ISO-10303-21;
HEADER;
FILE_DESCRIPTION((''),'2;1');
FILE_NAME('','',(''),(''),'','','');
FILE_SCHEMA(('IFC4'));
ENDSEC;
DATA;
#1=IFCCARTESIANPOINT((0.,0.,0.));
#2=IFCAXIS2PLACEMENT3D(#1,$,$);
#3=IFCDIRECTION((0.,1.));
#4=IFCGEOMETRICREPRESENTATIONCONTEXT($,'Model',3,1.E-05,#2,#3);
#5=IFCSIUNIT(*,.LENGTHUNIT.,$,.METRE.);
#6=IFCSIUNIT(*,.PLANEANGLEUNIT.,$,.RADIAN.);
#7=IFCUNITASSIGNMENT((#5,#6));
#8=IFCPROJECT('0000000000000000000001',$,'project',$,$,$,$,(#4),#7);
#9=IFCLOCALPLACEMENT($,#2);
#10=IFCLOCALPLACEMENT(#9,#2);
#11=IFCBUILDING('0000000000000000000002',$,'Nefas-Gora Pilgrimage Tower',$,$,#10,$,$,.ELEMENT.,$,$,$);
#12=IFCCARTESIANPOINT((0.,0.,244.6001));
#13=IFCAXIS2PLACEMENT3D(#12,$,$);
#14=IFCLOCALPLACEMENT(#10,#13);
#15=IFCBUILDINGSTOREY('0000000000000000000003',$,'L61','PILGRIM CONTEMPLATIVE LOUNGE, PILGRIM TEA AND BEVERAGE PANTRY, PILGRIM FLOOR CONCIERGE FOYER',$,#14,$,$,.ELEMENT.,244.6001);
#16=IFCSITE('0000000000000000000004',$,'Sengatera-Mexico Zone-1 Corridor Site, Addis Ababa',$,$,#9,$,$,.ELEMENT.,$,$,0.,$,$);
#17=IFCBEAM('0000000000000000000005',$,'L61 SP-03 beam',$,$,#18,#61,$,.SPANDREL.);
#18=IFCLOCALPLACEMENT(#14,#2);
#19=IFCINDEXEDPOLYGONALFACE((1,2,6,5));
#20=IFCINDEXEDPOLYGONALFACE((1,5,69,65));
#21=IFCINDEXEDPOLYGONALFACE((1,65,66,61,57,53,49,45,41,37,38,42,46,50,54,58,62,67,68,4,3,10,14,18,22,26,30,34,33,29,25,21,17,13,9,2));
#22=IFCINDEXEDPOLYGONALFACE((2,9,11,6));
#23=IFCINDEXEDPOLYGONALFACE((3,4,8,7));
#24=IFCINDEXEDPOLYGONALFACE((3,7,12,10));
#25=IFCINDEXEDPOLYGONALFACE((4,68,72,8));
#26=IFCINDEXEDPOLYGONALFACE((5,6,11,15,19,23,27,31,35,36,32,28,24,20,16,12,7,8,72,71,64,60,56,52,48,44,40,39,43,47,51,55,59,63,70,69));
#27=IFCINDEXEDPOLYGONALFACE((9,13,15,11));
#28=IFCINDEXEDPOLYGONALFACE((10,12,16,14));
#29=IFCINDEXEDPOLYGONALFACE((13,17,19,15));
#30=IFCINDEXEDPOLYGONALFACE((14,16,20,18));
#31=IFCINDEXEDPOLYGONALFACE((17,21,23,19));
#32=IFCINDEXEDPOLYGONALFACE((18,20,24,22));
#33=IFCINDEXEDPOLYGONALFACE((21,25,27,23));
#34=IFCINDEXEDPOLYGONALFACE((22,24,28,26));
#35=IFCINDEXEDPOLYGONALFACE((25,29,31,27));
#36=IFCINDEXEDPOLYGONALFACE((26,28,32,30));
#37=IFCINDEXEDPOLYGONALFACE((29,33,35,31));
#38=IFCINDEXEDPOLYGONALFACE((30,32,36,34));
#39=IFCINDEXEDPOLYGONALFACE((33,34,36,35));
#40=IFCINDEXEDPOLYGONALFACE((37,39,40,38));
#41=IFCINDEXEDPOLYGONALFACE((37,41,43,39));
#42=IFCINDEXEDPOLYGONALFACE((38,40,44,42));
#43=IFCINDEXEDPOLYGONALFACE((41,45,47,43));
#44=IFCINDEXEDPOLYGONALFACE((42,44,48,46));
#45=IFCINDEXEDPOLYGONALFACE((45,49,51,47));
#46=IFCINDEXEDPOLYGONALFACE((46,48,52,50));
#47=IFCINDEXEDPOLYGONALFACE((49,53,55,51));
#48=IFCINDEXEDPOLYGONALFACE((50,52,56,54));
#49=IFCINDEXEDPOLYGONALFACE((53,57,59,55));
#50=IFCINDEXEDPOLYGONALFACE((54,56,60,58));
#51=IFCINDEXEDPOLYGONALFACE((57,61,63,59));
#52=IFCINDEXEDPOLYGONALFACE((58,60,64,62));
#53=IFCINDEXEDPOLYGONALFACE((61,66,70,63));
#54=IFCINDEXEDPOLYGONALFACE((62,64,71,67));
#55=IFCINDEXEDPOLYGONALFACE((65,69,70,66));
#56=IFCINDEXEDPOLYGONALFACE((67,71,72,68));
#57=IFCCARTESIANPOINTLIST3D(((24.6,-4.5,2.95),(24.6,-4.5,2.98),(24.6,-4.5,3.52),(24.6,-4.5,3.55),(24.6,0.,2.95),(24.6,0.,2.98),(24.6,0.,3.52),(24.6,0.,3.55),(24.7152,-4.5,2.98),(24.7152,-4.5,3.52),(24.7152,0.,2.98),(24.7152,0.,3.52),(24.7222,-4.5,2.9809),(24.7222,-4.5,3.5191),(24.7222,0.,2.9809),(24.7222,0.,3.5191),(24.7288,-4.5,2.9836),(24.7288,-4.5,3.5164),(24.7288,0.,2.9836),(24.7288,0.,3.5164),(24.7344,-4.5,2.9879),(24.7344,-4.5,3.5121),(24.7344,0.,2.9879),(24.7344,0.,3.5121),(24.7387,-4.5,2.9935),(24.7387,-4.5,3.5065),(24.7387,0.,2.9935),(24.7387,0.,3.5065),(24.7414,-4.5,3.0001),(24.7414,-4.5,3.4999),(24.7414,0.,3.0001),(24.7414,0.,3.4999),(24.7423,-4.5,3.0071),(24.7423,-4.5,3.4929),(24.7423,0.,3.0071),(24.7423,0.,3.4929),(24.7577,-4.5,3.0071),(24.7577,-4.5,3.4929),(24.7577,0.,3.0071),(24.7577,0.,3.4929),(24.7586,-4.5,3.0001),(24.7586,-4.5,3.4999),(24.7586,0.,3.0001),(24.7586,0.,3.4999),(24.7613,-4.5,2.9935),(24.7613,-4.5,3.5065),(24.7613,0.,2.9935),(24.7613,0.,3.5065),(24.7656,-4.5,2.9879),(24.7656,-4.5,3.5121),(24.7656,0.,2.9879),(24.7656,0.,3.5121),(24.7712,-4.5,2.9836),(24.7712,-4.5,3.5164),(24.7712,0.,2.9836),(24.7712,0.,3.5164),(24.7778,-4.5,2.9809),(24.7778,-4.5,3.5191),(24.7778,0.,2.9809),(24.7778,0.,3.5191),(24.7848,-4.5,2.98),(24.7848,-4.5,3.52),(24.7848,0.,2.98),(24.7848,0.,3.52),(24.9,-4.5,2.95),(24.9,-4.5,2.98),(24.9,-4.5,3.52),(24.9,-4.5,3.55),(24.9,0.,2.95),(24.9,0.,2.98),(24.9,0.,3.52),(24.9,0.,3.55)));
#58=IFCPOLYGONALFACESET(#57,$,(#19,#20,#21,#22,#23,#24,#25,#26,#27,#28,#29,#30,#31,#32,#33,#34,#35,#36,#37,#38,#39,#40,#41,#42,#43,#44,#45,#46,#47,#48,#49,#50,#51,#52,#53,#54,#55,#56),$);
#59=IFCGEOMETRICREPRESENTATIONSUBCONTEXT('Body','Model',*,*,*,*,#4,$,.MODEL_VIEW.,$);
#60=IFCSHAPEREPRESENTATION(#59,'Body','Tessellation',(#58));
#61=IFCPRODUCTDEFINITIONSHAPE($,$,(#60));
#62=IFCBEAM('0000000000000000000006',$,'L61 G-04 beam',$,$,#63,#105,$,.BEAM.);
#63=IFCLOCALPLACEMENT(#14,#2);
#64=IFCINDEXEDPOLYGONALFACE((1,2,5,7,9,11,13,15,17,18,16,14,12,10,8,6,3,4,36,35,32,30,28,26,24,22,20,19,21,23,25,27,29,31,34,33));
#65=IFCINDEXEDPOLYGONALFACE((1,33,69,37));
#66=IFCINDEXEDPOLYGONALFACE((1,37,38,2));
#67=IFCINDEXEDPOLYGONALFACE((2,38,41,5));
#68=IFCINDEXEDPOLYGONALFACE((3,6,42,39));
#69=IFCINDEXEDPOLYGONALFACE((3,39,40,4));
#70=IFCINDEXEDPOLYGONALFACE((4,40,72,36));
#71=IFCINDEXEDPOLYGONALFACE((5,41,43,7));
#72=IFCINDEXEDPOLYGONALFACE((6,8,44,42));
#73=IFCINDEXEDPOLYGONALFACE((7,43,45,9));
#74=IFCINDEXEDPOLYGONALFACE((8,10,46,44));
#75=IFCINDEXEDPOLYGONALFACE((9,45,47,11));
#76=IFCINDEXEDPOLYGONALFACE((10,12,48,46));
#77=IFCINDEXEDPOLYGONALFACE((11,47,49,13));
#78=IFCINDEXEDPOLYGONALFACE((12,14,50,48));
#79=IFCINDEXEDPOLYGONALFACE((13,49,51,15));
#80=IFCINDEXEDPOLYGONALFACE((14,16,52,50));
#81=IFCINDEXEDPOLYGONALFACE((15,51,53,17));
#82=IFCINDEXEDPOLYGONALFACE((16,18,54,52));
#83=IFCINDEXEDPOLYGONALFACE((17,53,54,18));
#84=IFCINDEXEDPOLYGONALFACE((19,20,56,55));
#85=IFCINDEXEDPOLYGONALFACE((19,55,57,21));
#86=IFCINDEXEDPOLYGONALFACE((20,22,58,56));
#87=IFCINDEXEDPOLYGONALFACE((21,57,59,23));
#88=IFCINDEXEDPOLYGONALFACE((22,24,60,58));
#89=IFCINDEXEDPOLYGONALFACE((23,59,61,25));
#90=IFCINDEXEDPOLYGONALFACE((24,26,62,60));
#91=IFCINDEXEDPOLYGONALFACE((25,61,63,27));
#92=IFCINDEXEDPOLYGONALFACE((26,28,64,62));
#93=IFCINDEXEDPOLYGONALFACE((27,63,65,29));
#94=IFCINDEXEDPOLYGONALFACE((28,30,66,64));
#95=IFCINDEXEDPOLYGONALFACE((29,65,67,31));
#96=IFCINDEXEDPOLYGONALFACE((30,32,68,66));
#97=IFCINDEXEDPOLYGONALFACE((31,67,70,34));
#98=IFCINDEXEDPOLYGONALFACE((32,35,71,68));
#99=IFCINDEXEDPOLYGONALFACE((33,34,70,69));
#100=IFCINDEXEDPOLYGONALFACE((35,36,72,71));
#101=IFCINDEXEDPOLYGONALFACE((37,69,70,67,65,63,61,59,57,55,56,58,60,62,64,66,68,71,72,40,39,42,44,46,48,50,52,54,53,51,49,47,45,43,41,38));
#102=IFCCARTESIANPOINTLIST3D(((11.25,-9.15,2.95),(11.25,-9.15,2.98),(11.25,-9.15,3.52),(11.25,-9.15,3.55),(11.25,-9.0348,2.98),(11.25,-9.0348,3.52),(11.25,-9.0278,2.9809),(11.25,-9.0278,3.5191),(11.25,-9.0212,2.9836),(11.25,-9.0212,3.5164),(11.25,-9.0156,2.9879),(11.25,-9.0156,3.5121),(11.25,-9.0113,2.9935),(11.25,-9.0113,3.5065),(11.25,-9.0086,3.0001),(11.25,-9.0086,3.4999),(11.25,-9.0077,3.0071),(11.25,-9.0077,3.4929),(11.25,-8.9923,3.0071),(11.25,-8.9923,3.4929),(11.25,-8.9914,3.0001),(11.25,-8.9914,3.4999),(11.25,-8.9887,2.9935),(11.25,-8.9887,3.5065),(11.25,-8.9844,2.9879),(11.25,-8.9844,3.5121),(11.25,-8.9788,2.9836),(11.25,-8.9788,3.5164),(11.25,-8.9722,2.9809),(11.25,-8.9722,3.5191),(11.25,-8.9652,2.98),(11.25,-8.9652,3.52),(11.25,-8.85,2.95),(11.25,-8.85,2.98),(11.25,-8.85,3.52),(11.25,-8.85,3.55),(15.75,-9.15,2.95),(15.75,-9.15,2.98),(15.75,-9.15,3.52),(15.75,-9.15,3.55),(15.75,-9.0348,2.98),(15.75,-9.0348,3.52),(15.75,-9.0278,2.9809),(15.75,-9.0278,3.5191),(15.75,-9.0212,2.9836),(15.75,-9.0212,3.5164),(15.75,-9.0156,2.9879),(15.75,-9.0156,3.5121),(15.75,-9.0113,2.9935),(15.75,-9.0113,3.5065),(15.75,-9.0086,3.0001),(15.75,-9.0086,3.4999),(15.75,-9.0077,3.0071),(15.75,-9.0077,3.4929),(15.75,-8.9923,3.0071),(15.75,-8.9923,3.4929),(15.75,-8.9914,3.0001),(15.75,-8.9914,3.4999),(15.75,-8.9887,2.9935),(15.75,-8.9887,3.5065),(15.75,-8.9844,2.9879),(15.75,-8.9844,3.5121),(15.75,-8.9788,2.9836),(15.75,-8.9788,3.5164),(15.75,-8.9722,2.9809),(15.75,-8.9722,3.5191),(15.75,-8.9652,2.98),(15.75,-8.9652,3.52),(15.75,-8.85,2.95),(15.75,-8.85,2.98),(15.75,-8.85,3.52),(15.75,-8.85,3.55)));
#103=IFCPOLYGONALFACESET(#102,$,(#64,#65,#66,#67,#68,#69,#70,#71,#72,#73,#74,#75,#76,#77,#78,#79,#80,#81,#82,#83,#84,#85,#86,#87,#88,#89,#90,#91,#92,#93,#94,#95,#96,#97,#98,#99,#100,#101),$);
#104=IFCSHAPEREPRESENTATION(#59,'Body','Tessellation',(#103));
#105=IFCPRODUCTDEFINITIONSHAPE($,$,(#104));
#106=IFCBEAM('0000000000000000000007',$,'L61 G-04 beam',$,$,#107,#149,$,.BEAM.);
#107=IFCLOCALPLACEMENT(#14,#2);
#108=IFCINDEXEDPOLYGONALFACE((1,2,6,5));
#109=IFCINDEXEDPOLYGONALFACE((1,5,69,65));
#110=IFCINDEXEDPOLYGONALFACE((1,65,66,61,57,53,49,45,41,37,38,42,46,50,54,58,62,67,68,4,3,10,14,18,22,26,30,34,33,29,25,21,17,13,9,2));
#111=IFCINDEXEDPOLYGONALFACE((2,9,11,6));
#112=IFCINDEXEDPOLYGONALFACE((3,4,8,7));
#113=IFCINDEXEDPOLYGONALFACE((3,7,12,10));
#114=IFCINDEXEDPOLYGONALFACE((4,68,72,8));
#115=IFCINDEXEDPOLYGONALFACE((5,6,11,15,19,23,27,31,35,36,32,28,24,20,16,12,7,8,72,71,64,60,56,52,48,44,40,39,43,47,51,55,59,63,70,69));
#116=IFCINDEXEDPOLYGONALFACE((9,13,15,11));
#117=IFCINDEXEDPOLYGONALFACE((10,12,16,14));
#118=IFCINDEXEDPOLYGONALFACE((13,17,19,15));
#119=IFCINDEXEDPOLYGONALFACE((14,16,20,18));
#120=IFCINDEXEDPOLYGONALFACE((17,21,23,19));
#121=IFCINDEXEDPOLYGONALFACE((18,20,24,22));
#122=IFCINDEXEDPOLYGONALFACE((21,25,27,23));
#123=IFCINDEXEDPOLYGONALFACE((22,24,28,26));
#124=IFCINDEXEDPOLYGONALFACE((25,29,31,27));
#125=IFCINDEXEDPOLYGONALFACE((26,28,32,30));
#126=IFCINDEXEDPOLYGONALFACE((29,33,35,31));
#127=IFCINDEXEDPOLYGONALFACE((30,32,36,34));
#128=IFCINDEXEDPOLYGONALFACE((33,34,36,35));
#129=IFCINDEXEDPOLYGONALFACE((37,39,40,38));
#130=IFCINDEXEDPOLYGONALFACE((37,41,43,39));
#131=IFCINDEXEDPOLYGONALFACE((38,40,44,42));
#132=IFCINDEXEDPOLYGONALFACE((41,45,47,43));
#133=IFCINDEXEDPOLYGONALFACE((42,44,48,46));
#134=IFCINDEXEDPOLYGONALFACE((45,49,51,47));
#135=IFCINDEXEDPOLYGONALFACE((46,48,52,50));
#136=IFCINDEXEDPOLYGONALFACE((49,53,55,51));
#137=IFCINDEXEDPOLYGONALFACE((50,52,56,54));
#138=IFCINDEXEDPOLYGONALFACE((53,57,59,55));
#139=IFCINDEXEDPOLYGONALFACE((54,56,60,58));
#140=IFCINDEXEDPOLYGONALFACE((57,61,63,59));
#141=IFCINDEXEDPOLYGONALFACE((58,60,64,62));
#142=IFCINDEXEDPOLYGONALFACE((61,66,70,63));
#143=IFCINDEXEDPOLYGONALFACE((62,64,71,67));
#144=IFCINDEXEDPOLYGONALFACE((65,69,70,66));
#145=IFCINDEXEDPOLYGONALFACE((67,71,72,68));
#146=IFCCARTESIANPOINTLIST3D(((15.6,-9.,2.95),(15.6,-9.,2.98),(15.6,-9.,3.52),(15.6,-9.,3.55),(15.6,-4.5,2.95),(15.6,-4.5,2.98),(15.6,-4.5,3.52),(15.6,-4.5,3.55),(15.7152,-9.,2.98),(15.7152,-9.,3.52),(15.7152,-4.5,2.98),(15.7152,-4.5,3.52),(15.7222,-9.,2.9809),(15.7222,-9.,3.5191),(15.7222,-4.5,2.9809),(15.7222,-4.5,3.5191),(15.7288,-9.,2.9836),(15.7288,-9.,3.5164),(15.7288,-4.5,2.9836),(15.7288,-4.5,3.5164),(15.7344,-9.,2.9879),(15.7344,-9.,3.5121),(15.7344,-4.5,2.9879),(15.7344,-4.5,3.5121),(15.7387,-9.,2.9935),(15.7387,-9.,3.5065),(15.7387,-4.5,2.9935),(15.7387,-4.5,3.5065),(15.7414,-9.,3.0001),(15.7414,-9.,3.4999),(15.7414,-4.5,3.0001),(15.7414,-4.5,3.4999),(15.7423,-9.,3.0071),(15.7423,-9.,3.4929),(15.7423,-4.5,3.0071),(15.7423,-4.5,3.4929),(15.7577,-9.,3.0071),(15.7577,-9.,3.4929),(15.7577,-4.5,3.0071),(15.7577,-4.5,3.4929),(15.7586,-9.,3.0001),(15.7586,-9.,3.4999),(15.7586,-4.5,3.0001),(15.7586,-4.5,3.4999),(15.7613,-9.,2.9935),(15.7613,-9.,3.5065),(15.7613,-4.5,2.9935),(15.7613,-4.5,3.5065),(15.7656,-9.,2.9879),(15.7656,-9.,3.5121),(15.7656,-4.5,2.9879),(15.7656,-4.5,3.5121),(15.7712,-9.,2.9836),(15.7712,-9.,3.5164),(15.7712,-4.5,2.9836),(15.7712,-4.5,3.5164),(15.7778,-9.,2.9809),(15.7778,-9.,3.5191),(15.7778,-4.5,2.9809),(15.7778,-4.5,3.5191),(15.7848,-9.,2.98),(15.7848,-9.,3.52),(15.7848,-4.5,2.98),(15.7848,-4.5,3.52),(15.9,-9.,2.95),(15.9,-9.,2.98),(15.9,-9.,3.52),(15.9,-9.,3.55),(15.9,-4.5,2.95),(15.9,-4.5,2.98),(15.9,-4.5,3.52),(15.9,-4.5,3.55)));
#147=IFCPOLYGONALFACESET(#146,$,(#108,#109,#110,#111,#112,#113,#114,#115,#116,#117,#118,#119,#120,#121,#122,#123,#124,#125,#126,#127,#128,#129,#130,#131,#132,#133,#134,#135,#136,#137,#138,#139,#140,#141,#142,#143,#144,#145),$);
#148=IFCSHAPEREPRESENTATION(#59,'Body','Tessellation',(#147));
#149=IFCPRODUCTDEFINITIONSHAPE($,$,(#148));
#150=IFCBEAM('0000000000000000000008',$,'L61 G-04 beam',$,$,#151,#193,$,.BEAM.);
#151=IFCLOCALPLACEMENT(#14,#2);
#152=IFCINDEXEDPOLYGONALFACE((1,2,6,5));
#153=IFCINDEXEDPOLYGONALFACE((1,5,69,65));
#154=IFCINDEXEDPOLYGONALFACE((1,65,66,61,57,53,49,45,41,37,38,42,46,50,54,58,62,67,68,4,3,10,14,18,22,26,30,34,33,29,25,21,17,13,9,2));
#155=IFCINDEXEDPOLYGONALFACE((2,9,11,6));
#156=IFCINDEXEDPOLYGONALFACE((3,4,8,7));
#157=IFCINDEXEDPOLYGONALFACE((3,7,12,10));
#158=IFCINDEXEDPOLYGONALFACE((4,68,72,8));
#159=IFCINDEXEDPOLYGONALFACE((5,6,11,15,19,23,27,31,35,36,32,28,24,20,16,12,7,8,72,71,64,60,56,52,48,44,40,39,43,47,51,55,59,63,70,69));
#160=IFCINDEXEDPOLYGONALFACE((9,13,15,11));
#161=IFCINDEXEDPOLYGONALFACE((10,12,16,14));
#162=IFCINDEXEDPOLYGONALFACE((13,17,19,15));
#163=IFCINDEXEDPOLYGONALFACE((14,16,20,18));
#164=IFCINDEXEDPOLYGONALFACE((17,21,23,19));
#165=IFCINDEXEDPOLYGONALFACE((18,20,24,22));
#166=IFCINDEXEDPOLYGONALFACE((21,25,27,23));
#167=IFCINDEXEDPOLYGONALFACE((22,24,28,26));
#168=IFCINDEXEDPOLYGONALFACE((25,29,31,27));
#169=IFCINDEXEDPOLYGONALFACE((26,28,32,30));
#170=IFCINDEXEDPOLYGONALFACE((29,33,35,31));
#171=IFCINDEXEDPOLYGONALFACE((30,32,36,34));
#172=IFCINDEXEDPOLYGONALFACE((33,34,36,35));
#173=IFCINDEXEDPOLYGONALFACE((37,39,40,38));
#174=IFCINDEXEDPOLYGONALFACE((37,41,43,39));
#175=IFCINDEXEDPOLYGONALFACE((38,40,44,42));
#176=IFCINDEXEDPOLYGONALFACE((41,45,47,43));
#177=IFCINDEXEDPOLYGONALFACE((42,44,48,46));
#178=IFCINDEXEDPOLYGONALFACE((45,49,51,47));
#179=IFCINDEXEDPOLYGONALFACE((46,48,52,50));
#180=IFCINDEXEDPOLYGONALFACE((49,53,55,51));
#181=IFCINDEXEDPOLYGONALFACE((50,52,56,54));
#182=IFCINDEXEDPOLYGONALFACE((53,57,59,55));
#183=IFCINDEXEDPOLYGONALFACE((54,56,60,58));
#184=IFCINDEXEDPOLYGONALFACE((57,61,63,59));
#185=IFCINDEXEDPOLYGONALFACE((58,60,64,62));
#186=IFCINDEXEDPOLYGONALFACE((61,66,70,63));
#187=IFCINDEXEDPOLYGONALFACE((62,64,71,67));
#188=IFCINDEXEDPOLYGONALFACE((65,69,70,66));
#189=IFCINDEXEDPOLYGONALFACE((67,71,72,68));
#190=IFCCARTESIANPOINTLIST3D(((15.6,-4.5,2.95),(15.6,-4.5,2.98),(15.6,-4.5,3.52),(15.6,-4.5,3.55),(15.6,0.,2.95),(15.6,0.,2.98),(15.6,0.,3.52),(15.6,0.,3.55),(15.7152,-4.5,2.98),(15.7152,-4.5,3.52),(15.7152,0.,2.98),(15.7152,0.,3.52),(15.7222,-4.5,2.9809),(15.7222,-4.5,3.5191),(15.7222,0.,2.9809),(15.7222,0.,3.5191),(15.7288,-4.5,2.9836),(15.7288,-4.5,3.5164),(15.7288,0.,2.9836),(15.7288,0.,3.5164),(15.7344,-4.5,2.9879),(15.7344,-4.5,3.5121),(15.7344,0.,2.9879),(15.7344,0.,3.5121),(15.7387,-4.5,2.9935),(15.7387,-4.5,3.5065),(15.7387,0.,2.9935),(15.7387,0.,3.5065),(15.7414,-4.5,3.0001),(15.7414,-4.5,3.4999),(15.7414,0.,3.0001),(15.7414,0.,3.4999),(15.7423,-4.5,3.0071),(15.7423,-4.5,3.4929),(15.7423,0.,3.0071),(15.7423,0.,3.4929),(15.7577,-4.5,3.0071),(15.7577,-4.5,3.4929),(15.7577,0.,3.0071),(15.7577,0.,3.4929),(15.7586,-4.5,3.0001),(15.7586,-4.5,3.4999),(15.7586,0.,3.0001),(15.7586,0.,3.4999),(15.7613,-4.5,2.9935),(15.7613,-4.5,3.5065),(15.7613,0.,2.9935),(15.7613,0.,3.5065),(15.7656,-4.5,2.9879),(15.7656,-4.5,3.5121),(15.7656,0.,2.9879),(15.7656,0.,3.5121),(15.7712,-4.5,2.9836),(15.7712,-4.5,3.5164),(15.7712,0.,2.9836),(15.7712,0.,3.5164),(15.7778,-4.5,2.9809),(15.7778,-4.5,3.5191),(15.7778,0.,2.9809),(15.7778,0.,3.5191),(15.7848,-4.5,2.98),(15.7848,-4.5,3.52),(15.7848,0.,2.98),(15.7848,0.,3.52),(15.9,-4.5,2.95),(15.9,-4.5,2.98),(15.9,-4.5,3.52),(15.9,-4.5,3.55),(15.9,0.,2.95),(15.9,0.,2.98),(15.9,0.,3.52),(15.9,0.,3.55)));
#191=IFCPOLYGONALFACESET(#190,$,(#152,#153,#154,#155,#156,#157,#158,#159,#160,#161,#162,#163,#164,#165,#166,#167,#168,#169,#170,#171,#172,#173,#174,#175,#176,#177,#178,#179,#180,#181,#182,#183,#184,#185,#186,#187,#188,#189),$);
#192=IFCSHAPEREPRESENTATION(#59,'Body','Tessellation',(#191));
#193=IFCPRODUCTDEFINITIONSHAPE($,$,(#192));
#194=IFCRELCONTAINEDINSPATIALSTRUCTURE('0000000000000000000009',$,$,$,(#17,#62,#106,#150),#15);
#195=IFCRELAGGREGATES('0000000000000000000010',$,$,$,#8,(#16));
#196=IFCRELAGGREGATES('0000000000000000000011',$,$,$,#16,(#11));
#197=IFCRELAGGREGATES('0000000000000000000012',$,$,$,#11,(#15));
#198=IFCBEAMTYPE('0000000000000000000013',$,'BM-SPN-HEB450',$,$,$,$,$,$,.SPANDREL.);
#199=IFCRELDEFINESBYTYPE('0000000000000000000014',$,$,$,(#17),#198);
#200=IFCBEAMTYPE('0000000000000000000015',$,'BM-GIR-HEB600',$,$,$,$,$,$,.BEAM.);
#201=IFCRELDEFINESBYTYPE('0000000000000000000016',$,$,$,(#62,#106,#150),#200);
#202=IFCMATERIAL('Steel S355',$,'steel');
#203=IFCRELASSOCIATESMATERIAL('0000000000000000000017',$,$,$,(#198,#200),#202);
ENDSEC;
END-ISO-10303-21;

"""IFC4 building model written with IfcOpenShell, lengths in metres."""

from ifc_helpers import new_model, si_unit, direction, frame, origin, origin_2d, place, context, subcontext, project, spatial, i_section, extrude, source, transform, mapped, material, material_profile, profile_set, type_object, element, save


model = new_model("IFC4")

# Units and contexts
model_context = context("Model", 3, precision=1e-05, world=origin(), true_north=direction((0.0, 1.0)))
body_context = subcontext(model_context, "Body", "Model", "MODEL_VIEW")
ifc_project = project(units=[si_unit("LENGTHUNIT", "METRE"), si_unit("PLANEANGLEUNIT", "RADIAN")], contexts=[model_context])

# Site, building, storey
site_placement = place(None, origin())
site = spatial("IfcSite", under=ifc_project, at=site_placement, Name="Sengatera-Mexico Zone-1 Corridor Site, Addis Ababa", CompositionType="ELEMENT", RefElevation=0.0)
building_placement = place(site_placement, origin())
building = spatial("IfcBuilding", under=site, at=building_placement, Name="Nefas-Gora Pilgrimage Tower", CompositionType="ELEMENT")
storey_placement = place(building_placement, frame((0.0, 0.0, 244.6001)))
storey = spatial("IfcBuildingStorey", under=building, at=storey_placement, Name="L61", Description="PILGRIM CONTEMPLATIVE LOUNGE, PILGRIM TEA AND BEVERAGE PANTRY, PILGRIM FLOOR CONCIERGE FOYER", CompositionType="ELEMENT", Elevation=244.6001)

# Beams
ifc_material_1 = material(Name="Steel S355", Category="steel")
ifc_material_profile_1 = material_profile(ifc_material_1, i_section(OverallWidth=0.3, OverallDepth=0.6001, WebThickness=0.0154, FlangeThickness=0.03, FilletRadius=0.0271, at=origin_2d()), Name="HEB 600")
ifc_profile_set_1 = profile_set([ifc_material_profile_1], Name="Steel S355")
beam_type_1 = type_object("IfcBeamType", Name="BM-SPN-HEB450", PredefinedType="SPANDREL", material=ifc_profile_set_1)
shared_shape_1 = source(origin(), body_context, "Body", "SweptSolid", [
    extrude(i_section(OverallWidth=0.3, OverallDepth=0.6001, WebThickness=0.0154, FlangeThickness=0.03, FilletRadius=0.0271, at=origin_2d()), origin(), (0.0, 0.0, 1.0), 4.5),
])
for number, where, z_axis, x_axis, name in (
    (1, (24.75, -4.5, 3.25), (0.0, 1.0, 0.0), (-1.0, 0.0, 0.0), "L61 SP-03 beam"),
):
    element("IfcBeam", number, at=place(storey_placement, frame(where, z_axis=z_axis, x_axis=x_axis)), inside=storey, type_object=beam_type_1, Name=name, PredefinedType="SPANDREL", context=body_context, shape_type="MappedRepresentation", body=[
        mapped(shared_shape_1, transform((0.0, 0.0, 0.0), x_axis=(1.0, 0.0, 0.0), y_axis=(0.0, 1.0, 0.0), z_axis=(0.0, 0.0, 1.0), scale=1.0)),
    ])
ifc_material_profile_2 = material_profile(ifc_material_1, i_section(OverallWidth=0.3, OverallDepth=0.6001, WebThickness=0.0154, FlangeThickness=0.03, FilletRadius=0.0271, at=origin_2d()), Name="HEB 600")
ifc_profile_set_2 = profile_set([ifc_material_profile_2], Name="Steel S355")
beam_type_2 = type_object("IfcBeamType", Name="BM-GIR-HEB600", PredefinedType="BEAM", material=ifc_profile_set_2)
shared_shape_2 = source(origin(), body_context, "Body", "SweptSolid", [
    extrude(i_section(OverallWidth=0.3, OverallDepth=0.6001, WebThickness=0.0154, FlangeThickness=0.03, FilletRadius=0.0271, at=origin_2d()), origin(), (0.0, 0.0, 1.0), 4.5),
])
for number, where, z_axis, x_axis, name in (
    (2, (11.25, -9.0, 3.25), (1.0, 0.0, 0.0), (0.0, 1.0, 0.0), "L61 G-04 beam"),
    (3, (15.75, -9.0, 3.25), (0.0, 1.0, 0.0), (-1.0, 0.0, 0.0), "L61 G-04 beam"),
    (4, (15.75, -4.5, 3.25), (0.0, 1.0, 0.0), (-1.0, 0.0, 0.0), "L61 G-04 beam"),
):
    element("IfcBeam", number, at=place(storey_placement, frame(where, z_axis=z_axis, x_axis=x_axis)), inside=storey, type_object=beam_type_2, Name=name, PredefinedType="BEAM", context=body_context, shape_type="MappedRepresentation", body=[
        mapped(shared_shape_2, transform((0.0, 0.0, 0.0), x_axis=(1.0, 0.0, 0.0), y_axis=(0.0, 1.0, 0.0), z_axis=(0.0, 0.0, 1.0), scale=1.0)),
    ])

save(model, "model.ifc")
